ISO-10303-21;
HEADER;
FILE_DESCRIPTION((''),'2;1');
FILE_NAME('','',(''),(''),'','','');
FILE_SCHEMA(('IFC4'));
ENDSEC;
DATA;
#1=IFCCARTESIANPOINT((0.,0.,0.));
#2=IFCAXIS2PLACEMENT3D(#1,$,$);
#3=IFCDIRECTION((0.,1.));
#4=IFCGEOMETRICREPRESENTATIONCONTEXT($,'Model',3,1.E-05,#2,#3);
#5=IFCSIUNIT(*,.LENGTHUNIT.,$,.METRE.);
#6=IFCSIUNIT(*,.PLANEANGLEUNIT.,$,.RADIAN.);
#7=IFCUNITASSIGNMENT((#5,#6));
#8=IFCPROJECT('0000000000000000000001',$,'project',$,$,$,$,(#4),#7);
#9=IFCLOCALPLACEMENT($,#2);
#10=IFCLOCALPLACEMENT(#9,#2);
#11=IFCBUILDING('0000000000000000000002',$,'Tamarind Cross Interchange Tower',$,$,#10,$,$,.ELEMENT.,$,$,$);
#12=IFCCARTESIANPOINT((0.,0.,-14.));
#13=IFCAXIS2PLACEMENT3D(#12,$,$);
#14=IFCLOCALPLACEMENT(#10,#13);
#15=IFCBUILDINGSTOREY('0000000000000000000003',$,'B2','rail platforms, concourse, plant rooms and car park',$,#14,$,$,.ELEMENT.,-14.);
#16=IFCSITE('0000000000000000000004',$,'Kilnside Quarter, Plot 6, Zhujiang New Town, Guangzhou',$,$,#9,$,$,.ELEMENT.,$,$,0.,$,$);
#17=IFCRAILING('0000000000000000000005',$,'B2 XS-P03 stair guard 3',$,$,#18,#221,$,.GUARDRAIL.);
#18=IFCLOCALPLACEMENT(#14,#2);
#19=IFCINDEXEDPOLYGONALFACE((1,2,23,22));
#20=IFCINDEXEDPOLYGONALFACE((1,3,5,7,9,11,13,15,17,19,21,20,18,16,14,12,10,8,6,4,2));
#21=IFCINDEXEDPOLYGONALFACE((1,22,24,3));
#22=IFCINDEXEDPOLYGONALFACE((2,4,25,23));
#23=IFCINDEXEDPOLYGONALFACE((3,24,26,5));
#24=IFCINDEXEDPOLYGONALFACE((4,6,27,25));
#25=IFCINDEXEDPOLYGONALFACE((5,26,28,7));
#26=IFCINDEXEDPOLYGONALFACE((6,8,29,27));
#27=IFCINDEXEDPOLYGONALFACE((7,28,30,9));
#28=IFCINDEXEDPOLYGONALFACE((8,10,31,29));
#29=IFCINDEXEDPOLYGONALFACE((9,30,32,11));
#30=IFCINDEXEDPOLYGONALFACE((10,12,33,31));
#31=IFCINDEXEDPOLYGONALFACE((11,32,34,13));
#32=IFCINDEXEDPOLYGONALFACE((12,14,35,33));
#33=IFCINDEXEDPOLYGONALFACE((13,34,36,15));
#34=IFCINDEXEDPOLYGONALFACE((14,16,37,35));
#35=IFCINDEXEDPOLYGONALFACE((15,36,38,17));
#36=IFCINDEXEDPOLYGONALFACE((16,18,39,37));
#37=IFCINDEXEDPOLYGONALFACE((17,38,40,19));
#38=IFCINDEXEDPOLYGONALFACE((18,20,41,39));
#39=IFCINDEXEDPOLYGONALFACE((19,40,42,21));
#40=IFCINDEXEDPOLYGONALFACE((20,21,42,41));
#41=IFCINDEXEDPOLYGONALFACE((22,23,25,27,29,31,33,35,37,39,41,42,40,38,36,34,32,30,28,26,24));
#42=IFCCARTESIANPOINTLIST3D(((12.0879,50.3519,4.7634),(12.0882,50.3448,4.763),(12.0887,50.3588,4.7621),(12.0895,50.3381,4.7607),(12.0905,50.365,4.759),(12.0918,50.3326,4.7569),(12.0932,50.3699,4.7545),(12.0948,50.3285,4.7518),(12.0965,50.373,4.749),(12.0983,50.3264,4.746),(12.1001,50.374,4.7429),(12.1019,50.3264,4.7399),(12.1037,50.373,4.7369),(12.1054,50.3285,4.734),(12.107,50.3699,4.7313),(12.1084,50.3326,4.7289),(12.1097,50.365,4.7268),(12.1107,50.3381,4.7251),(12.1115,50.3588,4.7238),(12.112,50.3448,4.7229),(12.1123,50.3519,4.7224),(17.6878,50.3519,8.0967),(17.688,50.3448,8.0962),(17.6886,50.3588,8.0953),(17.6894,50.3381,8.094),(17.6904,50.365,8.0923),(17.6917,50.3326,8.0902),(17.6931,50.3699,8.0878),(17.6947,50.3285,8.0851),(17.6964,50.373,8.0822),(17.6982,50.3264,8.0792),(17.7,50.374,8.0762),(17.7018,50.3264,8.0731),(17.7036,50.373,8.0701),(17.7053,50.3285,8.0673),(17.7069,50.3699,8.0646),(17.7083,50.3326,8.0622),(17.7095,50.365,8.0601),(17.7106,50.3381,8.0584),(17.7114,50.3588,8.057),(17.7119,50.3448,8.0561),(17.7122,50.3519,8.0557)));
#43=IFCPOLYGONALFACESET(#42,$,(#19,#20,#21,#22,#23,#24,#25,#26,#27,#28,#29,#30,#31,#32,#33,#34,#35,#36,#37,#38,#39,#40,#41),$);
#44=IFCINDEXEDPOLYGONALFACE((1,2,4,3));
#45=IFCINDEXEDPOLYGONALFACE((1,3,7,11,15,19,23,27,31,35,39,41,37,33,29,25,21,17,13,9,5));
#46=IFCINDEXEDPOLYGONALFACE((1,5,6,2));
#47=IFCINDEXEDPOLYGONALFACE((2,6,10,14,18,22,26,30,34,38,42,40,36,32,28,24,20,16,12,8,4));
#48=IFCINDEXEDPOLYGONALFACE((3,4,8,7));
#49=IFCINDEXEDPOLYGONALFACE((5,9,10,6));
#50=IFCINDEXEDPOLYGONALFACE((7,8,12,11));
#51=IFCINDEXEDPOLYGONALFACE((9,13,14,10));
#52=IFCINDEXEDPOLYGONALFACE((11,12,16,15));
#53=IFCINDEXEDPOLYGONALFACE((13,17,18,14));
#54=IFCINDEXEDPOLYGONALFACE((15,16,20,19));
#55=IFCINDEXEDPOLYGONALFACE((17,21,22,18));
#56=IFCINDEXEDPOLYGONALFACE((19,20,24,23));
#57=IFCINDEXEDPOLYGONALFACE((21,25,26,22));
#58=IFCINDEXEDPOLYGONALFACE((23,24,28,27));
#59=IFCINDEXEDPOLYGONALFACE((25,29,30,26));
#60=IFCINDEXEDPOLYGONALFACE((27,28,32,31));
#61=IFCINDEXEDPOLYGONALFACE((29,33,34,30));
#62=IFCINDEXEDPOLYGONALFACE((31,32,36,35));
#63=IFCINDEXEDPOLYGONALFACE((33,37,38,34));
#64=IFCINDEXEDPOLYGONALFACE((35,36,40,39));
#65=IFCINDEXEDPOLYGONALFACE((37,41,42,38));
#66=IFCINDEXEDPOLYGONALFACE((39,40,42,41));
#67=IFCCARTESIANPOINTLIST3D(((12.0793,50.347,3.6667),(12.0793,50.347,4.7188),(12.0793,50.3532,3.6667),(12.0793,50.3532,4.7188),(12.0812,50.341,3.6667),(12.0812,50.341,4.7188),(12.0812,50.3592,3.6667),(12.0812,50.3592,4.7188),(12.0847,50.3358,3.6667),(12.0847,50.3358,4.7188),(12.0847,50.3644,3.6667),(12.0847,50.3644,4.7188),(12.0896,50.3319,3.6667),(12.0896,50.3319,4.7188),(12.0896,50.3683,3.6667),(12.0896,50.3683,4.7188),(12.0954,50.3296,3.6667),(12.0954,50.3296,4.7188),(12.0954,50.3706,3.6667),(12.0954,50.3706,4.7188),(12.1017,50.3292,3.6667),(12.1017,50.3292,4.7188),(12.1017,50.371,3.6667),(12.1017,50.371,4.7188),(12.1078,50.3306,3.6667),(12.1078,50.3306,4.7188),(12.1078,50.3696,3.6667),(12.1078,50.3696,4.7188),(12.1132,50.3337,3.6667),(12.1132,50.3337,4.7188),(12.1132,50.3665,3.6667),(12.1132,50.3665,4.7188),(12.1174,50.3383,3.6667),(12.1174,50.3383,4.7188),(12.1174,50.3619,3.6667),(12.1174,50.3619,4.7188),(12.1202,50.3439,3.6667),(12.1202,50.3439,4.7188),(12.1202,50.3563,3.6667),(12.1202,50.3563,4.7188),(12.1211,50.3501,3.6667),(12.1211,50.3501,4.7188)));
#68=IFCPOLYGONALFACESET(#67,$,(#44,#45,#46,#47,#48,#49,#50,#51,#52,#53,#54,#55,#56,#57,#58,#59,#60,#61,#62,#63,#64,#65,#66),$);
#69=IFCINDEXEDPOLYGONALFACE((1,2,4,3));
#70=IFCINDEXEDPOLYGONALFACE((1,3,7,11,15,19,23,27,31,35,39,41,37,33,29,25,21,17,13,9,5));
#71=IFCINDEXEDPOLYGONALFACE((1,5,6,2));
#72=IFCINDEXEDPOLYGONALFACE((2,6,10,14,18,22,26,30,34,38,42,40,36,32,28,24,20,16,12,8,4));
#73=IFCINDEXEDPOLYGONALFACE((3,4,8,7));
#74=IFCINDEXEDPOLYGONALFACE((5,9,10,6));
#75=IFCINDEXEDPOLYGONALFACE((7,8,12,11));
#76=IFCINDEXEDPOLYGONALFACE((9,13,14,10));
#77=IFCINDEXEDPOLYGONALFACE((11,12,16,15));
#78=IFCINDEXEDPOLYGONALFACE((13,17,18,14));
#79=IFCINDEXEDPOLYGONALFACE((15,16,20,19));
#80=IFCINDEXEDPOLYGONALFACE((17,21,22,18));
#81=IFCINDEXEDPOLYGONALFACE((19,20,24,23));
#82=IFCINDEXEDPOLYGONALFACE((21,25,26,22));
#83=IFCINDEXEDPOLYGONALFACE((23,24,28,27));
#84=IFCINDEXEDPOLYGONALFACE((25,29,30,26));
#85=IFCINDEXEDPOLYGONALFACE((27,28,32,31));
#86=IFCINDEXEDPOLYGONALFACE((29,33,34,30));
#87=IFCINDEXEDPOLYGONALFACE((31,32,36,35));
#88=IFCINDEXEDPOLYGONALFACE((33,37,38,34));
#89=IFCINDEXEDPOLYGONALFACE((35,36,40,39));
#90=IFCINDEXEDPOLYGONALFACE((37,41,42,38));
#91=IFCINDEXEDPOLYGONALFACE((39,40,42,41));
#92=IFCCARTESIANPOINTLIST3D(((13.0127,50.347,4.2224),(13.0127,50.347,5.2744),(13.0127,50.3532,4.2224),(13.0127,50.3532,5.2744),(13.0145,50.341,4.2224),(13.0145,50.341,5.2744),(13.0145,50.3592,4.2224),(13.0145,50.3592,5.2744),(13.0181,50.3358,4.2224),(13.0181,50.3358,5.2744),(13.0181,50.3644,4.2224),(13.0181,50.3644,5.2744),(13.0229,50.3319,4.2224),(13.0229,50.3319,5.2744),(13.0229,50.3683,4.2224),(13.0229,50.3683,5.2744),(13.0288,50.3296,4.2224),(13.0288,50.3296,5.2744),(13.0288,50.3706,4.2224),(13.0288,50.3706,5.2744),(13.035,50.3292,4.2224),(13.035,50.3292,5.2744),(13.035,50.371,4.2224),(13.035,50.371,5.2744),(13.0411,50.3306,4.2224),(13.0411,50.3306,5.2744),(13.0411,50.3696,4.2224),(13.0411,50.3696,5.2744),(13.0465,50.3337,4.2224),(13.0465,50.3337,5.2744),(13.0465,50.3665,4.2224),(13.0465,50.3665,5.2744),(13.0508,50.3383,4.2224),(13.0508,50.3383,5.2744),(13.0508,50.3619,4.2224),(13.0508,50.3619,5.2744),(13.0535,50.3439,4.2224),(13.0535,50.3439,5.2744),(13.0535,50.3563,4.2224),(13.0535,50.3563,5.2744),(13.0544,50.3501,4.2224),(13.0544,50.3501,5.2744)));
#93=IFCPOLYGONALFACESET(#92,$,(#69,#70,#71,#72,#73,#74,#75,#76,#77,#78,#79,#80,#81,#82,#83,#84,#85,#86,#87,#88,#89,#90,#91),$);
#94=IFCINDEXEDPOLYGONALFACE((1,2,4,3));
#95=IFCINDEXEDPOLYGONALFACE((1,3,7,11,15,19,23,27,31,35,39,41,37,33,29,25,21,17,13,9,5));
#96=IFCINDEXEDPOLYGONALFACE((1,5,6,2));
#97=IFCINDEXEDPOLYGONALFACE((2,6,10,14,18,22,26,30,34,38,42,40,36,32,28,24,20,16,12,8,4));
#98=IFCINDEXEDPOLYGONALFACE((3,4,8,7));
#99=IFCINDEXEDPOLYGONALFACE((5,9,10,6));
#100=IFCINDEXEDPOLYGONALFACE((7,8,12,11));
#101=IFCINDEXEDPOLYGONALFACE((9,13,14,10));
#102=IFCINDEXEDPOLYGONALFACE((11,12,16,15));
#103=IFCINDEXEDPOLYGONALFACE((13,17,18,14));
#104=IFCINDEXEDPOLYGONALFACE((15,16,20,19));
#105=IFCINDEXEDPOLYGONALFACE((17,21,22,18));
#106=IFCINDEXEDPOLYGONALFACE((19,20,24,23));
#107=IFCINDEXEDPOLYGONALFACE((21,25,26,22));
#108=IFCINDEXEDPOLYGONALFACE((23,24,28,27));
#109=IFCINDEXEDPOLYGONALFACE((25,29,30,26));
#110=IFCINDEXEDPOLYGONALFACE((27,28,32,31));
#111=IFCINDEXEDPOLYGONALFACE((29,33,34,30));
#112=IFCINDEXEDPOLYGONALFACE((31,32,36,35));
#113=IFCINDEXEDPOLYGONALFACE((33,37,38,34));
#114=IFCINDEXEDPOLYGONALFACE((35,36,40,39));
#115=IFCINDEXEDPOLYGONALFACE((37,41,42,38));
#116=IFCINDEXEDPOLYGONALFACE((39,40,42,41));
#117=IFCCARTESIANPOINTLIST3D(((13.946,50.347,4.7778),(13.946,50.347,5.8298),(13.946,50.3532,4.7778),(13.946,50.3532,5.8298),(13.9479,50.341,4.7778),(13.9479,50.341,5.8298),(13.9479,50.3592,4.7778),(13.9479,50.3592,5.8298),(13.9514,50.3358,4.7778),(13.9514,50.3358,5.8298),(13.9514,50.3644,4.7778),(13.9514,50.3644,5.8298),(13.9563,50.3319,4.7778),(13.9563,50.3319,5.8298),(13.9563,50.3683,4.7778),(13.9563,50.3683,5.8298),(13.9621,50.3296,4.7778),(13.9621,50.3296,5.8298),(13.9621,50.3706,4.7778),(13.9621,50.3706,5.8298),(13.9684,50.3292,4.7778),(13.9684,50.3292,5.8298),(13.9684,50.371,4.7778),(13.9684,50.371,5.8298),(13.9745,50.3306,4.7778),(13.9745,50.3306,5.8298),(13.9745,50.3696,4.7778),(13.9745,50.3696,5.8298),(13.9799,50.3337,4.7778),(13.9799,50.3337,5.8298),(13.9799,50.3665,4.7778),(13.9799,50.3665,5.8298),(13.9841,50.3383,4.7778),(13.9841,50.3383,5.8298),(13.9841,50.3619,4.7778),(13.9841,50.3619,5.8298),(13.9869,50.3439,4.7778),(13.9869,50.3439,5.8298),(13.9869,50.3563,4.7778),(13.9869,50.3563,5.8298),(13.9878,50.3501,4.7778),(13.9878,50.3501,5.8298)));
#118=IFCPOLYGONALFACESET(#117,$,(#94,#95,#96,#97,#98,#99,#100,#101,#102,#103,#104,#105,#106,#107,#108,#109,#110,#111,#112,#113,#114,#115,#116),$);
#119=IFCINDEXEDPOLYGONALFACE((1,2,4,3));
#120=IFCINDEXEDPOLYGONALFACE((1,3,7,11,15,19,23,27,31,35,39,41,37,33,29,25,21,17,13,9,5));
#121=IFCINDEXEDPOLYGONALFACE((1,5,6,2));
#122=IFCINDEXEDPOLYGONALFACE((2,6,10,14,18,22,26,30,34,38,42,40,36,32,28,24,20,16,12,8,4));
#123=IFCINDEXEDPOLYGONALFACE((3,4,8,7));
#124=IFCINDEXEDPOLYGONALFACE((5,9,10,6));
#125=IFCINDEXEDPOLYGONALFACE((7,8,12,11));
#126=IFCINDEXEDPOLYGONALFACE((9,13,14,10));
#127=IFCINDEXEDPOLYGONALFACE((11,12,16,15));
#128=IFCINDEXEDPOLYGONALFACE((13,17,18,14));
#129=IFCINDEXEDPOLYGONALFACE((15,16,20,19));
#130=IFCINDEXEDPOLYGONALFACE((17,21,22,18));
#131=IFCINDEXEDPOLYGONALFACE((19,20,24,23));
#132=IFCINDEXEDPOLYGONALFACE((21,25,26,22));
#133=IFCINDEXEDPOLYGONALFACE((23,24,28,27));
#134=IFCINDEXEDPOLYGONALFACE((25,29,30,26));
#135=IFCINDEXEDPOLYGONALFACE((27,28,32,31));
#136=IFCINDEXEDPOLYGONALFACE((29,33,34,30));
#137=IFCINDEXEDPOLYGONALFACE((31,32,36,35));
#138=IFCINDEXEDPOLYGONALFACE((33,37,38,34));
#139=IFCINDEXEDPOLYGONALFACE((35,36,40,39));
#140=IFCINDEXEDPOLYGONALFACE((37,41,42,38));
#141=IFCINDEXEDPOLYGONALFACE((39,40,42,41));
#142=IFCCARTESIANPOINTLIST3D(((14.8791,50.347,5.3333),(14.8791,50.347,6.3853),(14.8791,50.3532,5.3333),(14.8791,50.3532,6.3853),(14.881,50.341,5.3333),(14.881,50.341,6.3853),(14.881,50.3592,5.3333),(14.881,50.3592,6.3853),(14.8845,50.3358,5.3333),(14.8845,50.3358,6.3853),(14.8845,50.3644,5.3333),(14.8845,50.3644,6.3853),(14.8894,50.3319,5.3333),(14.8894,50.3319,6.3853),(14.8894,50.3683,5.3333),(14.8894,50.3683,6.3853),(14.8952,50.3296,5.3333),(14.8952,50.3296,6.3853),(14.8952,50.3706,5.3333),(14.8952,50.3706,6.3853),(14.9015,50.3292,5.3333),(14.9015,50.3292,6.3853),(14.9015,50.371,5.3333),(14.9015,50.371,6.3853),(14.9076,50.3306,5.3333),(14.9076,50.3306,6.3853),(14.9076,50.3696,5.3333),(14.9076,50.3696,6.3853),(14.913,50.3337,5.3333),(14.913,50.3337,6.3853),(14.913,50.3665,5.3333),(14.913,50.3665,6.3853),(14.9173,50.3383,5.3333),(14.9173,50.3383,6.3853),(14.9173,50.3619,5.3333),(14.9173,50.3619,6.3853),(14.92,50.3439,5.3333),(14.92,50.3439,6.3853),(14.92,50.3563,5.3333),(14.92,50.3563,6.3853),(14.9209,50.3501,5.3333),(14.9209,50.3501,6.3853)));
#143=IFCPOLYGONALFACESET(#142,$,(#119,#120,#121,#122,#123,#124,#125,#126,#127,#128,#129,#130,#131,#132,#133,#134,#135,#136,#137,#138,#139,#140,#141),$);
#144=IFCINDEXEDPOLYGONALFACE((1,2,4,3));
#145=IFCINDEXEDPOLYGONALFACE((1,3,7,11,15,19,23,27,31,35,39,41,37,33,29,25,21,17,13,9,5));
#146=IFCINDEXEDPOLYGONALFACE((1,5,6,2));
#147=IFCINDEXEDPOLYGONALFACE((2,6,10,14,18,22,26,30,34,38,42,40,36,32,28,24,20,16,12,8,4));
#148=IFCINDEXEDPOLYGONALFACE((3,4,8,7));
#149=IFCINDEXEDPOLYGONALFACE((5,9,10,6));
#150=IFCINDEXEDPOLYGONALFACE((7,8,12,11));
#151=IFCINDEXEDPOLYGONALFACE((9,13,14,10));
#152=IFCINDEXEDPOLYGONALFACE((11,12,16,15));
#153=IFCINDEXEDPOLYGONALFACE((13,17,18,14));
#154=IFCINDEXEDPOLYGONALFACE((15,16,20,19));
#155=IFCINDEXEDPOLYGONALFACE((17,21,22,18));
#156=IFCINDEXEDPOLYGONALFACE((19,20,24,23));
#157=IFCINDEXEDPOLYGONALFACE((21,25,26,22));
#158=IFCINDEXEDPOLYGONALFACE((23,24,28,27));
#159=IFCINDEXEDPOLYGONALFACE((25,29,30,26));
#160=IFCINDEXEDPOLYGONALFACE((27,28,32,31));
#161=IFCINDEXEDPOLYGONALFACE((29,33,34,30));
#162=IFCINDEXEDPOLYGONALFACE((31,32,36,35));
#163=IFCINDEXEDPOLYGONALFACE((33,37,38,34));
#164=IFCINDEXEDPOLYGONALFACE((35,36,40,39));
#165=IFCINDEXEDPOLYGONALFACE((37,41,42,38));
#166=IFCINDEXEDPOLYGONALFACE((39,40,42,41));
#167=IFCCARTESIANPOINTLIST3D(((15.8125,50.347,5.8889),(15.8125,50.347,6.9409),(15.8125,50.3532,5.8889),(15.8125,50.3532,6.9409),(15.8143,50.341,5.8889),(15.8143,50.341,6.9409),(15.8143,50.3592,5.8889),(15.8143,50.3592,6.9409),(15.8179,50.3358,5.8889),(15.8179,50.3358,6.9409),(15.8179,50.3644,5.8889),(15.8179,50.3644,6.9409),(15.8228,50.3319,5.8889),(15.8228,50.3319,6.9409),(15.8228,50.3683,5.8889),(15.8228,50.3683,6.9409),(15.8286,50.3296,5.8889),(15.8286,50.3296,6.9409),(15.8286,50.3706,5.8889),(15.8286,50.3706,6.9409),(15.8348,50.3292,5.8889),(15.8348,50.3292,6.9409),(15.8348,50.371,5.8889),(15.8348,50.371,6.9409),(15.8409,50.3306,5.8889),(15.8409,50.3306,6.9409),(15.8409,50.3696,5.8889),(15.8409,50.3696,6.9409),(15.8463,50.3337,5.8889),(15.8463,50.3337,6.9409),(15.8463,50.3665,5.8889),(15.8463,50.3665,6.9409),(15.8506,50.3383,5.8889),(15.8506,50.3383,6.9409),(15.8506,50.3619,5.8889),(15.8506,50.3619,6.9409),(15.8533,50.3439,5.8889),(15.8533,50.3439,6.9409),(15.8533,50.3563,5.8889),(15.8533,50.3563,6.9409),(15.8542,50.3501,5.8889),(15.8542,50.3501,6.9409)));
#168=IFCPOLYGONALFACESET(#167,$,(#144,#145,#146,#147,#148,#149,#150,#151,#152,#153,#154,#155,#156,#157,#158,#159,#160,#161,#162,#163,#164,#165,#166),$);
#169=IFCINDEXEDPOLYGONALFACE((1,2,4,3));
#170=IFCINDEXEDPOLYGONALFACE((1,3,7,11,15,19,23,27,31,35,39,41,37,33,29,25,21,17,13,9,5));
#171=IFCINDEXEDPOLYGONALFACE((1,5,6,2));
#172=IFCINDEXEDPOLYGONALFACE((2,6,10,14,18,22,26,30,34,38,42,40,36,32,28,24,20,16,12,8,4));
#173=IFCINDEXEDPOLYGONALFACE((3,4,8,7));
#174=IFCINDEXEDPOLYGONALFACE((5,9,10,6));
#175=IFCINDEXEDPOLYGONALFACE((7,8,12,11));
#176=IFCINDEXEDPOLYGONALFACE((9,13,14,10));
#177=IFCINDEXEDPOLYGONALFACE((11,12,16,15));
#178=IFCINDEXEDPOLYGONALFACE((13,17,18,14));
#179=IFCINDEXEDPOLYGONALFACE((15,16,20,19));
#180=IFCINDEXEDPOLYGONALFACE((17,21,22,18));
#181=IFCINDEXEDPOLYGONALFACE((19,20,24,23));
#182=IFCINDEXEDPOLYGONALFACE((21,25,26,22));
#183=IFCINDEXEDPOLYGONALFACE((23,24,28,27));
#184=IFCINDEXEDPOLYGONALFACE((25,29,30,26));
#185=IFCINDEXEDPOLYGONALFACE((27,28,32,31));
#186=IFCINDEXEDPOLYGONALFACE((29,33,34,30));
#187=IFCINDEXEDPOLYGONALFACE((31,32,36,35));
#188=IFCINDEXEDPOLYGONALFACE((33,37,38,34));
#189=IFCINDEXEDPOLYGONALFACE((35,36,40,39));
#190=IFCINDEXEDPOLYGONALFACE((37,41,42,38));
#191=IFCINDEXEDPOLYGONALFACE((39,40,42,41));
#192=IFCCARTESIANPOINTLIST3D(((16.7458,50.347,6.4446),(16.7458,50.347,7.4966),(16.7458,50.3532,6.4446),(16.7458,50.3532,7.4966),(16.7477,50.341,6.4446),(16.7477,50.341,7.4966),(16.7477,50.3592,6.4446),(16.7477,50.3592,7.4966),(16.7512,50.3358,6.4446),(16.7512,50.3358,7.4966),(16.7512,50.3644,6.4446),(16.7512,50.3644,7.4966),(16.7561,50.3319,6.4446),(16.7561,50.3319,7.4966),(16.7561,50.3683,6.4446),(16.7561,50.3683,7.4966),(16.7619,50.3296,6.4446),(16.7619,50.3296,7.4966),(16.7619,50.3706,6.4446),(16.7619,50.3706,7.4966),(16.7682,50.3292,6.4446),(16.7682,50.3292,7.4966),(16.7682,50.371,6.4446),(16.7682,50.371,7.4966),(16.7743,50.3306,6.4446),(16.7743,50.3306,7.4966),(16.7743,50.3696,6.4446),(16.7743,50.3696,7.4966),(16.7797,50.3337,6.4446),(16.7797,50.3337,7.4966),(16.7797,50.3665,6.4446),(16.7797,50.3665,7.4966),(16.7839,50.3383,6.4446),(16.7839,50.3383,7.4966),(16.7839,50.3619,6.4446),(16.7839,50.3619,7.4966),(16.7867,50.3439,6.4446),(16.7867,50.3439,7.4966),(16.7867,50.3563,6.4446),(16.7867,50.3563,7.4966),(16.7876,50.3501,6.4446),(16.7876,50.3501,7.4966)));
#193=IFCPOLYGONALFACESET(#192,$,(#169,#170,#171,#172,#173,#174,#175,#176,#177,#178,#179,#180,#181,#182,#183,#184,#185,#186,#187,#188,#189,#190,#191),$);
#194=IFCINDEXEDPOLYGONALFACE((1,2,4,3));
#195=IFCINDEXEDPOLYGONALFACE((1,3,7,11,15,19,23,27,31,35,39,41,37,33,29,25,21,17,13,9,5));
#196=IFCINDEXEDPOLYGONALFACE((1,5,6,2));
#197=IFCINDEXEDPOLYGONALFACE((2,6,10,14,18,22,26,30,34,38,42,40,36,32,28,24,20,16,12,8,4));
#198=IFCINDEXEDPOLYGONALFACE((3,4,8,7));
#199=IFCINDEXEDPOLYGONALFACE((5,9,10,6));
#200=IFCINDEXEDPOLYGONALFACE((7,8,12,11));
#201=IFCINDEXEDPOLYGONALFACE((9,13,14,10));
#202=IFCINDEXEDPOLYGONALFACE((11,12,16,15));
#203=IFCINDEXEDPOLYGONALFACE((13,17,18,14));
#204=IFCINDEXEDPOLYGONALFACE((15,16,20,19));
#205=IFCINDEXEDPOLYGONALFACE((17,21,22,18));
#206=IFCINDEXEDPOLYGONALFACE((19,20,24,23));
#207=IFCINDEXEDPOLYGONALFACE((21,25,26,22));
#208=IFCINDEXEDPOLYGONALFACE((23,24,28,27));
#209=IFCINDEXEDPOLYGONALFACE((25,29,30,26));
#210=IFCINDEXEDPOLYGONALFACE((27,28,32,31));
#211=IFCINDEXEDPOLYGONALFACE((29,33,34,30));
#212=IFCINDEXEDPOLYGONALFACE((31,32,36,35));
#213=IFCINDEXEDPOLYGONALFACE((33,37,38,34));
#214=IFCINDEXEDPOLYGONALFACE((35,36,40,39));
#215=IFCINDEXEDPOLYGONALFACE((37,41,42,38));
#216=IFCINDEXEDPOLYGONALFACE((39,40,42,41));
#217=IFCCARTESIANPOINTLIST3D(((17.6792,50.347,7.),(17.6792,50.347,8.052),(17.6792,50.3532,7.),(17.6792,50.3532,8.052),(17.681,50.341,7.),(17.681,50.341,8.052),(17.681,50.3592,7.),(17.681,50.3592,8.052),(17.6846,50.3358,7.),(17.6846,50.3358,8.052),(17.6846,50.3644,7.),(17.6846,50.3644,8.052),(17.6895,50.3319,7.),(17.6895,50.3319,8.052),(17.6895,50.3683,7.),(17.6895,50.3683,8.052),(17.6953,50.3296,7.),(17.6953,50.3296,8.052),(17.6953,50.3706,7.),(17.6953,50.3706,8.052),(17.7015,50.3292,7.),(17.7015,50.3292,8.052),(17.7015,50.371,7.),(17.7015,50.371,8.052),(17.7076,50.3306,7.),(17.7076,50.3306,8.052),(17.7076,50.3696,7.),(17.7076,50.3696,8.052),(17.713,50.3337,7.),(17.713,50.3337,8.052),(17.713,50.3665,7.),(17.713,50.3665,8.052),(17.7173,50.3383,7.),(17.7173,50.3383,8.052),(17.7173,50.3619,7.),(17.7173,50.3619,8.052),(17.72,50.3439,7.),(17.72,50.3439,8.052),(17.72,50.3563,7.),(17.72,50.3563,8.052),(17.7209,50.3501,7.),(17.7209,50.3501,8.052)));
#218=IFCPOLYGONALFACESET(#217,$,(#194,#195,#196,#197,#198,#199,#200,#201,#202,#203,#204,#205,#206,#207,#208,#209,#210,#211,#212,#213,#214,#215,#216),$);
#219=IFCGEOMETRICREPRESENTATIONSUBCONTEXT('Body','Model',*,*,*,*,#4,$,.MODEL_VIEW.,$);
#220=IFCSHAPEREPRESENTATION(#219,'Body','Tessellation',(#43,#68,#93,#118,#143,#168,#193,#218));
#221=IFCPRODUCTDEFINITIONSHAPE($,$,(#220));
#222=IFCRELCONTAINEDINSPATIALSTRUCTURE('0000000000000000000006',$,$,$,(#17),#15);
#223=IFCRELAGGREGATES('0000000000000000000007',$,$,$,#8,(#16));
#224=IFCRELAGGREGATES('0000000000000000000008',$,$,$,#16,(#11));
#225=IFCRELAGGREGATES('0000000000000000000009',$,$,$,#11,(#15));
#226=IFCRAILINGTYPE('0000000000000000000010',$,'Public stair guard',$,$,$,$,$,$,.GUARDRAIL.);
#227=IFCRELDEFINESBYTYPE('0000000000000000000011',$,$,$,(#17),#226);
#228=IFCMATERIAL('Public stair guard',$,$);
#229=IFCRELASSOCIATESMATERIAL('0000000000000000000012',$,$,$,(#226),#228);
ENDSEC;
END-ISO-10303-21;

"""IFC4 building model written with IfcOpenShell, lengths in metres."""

from ifc_helpers import new_model, si_unit, direction, frame, origin, origin_2d, place, context, subcontext, project, spatial, circle, extrude, material, type_object, element, save


model = new_model("IFC4")

# Units and contexts
model_context = context("Model", 3, precision=1e-05, world=origin(), true_north=direction((0.0, 1.0)))
body_context = subcontext(model_context, "Body", "Model", "MODEL_VIEW")
ifc_project = project(units=[si_unit("LENGTHUNIT", "METRE"), si_unit("PLANEANGLEUNIT", "RADIAN")], contexts=[model_context])

# Site, building, storey
site_placement = place(None, origin())
site = spatial("IfcSite", under=ifc_project, at=site_placement, Name="Kilnside Quarter, Plot 6, Zhujiang New Town, Guangzhou", CompositionType="ELEMENT", RefElevation=0.0)
building_placement = place(site_placement, origin())
building = spatial("IfcBuilding", under=site, at=building_placement, Name="Tamarind Cross Interchange Tower", CompositionType="ELEMENT")
storey_placement = place(building_placement, frame((0.0, 0.0, -14.0)))
storey = spatial("IfcBuildingStorey", under=building, at=storey_placement, Name="B2", Description="rail platforms, concourse, plant rooms and car park", CompositionType="ELEMENT", Elevation=-14.0)

# Railing
ifc_material_1 = material(Name="Public stair guard")
railing_type_1 = type_object("IfcRailingType", Name="Public stair guard", PredefinedType="GUARDRAIL", material=ifc_material_1)
railing_1_placement = place(storey_placement, frame((12.1001, 50.3501, 3.6667)))
element("IfcRailing", 1, at=railing_1_placement, inside=storey, type_object=railing_type_1, Name="B2 XS-P03 stair guard 3", PredefinedType="GUARDRAIL", context=body_context, shape_type="SweptSolid", body=[
    extrude(circle(Radius=0.0239, at=origin_2d()), frame((0.0, 0.0, 1.0762), z_axis=(0.859292, 0.0, 0.511485), x_axis=(0.0, 1.0, 0.0)), (0.0, 0.0, 1.0), 6.5168),
    extrude(circle(Radius=0.021, at=origin_2d()), origin(), (0.0, 0.0, 1.0), 1.052),
    extrude(circle(Radius=0.021, at=origin_2d()), frame((0.9333, 0.0, 0.5557)), (0.0, 0.0, 1.0), 1.052),
    extrude(circle(Radius=0.021, at=origin_2d()), frame((1.8667, 0.0, 1.1111)), (0.0, 0.0, 1.0), 1.052),
    extrude(circle(Radius=0.021, at=origin_2d()), frame((2.7998, 0.0, 1.6665)), (0.0, 0.0, 1.0), 1.052),
    extrude(circle(Radius=0.021, at=origin_2d()), frame((3.7332, 0.0, 2.2222)), (0.0, 0.0, 1.0), 1.052),
    extrude(circle(Radius=0.021, at=origin_2d()), frame((4.6665, 0.0, 2.7778)), (0.0, 0.0, 1.0), 1.052),
    extrude(circle(Radius=0.021, at=origin_2d()), frame((5.5999, 0.0, 3.3333)), (0.0, 0.0, 1.0), 1.052),
])

save(model, "model.ifc")
